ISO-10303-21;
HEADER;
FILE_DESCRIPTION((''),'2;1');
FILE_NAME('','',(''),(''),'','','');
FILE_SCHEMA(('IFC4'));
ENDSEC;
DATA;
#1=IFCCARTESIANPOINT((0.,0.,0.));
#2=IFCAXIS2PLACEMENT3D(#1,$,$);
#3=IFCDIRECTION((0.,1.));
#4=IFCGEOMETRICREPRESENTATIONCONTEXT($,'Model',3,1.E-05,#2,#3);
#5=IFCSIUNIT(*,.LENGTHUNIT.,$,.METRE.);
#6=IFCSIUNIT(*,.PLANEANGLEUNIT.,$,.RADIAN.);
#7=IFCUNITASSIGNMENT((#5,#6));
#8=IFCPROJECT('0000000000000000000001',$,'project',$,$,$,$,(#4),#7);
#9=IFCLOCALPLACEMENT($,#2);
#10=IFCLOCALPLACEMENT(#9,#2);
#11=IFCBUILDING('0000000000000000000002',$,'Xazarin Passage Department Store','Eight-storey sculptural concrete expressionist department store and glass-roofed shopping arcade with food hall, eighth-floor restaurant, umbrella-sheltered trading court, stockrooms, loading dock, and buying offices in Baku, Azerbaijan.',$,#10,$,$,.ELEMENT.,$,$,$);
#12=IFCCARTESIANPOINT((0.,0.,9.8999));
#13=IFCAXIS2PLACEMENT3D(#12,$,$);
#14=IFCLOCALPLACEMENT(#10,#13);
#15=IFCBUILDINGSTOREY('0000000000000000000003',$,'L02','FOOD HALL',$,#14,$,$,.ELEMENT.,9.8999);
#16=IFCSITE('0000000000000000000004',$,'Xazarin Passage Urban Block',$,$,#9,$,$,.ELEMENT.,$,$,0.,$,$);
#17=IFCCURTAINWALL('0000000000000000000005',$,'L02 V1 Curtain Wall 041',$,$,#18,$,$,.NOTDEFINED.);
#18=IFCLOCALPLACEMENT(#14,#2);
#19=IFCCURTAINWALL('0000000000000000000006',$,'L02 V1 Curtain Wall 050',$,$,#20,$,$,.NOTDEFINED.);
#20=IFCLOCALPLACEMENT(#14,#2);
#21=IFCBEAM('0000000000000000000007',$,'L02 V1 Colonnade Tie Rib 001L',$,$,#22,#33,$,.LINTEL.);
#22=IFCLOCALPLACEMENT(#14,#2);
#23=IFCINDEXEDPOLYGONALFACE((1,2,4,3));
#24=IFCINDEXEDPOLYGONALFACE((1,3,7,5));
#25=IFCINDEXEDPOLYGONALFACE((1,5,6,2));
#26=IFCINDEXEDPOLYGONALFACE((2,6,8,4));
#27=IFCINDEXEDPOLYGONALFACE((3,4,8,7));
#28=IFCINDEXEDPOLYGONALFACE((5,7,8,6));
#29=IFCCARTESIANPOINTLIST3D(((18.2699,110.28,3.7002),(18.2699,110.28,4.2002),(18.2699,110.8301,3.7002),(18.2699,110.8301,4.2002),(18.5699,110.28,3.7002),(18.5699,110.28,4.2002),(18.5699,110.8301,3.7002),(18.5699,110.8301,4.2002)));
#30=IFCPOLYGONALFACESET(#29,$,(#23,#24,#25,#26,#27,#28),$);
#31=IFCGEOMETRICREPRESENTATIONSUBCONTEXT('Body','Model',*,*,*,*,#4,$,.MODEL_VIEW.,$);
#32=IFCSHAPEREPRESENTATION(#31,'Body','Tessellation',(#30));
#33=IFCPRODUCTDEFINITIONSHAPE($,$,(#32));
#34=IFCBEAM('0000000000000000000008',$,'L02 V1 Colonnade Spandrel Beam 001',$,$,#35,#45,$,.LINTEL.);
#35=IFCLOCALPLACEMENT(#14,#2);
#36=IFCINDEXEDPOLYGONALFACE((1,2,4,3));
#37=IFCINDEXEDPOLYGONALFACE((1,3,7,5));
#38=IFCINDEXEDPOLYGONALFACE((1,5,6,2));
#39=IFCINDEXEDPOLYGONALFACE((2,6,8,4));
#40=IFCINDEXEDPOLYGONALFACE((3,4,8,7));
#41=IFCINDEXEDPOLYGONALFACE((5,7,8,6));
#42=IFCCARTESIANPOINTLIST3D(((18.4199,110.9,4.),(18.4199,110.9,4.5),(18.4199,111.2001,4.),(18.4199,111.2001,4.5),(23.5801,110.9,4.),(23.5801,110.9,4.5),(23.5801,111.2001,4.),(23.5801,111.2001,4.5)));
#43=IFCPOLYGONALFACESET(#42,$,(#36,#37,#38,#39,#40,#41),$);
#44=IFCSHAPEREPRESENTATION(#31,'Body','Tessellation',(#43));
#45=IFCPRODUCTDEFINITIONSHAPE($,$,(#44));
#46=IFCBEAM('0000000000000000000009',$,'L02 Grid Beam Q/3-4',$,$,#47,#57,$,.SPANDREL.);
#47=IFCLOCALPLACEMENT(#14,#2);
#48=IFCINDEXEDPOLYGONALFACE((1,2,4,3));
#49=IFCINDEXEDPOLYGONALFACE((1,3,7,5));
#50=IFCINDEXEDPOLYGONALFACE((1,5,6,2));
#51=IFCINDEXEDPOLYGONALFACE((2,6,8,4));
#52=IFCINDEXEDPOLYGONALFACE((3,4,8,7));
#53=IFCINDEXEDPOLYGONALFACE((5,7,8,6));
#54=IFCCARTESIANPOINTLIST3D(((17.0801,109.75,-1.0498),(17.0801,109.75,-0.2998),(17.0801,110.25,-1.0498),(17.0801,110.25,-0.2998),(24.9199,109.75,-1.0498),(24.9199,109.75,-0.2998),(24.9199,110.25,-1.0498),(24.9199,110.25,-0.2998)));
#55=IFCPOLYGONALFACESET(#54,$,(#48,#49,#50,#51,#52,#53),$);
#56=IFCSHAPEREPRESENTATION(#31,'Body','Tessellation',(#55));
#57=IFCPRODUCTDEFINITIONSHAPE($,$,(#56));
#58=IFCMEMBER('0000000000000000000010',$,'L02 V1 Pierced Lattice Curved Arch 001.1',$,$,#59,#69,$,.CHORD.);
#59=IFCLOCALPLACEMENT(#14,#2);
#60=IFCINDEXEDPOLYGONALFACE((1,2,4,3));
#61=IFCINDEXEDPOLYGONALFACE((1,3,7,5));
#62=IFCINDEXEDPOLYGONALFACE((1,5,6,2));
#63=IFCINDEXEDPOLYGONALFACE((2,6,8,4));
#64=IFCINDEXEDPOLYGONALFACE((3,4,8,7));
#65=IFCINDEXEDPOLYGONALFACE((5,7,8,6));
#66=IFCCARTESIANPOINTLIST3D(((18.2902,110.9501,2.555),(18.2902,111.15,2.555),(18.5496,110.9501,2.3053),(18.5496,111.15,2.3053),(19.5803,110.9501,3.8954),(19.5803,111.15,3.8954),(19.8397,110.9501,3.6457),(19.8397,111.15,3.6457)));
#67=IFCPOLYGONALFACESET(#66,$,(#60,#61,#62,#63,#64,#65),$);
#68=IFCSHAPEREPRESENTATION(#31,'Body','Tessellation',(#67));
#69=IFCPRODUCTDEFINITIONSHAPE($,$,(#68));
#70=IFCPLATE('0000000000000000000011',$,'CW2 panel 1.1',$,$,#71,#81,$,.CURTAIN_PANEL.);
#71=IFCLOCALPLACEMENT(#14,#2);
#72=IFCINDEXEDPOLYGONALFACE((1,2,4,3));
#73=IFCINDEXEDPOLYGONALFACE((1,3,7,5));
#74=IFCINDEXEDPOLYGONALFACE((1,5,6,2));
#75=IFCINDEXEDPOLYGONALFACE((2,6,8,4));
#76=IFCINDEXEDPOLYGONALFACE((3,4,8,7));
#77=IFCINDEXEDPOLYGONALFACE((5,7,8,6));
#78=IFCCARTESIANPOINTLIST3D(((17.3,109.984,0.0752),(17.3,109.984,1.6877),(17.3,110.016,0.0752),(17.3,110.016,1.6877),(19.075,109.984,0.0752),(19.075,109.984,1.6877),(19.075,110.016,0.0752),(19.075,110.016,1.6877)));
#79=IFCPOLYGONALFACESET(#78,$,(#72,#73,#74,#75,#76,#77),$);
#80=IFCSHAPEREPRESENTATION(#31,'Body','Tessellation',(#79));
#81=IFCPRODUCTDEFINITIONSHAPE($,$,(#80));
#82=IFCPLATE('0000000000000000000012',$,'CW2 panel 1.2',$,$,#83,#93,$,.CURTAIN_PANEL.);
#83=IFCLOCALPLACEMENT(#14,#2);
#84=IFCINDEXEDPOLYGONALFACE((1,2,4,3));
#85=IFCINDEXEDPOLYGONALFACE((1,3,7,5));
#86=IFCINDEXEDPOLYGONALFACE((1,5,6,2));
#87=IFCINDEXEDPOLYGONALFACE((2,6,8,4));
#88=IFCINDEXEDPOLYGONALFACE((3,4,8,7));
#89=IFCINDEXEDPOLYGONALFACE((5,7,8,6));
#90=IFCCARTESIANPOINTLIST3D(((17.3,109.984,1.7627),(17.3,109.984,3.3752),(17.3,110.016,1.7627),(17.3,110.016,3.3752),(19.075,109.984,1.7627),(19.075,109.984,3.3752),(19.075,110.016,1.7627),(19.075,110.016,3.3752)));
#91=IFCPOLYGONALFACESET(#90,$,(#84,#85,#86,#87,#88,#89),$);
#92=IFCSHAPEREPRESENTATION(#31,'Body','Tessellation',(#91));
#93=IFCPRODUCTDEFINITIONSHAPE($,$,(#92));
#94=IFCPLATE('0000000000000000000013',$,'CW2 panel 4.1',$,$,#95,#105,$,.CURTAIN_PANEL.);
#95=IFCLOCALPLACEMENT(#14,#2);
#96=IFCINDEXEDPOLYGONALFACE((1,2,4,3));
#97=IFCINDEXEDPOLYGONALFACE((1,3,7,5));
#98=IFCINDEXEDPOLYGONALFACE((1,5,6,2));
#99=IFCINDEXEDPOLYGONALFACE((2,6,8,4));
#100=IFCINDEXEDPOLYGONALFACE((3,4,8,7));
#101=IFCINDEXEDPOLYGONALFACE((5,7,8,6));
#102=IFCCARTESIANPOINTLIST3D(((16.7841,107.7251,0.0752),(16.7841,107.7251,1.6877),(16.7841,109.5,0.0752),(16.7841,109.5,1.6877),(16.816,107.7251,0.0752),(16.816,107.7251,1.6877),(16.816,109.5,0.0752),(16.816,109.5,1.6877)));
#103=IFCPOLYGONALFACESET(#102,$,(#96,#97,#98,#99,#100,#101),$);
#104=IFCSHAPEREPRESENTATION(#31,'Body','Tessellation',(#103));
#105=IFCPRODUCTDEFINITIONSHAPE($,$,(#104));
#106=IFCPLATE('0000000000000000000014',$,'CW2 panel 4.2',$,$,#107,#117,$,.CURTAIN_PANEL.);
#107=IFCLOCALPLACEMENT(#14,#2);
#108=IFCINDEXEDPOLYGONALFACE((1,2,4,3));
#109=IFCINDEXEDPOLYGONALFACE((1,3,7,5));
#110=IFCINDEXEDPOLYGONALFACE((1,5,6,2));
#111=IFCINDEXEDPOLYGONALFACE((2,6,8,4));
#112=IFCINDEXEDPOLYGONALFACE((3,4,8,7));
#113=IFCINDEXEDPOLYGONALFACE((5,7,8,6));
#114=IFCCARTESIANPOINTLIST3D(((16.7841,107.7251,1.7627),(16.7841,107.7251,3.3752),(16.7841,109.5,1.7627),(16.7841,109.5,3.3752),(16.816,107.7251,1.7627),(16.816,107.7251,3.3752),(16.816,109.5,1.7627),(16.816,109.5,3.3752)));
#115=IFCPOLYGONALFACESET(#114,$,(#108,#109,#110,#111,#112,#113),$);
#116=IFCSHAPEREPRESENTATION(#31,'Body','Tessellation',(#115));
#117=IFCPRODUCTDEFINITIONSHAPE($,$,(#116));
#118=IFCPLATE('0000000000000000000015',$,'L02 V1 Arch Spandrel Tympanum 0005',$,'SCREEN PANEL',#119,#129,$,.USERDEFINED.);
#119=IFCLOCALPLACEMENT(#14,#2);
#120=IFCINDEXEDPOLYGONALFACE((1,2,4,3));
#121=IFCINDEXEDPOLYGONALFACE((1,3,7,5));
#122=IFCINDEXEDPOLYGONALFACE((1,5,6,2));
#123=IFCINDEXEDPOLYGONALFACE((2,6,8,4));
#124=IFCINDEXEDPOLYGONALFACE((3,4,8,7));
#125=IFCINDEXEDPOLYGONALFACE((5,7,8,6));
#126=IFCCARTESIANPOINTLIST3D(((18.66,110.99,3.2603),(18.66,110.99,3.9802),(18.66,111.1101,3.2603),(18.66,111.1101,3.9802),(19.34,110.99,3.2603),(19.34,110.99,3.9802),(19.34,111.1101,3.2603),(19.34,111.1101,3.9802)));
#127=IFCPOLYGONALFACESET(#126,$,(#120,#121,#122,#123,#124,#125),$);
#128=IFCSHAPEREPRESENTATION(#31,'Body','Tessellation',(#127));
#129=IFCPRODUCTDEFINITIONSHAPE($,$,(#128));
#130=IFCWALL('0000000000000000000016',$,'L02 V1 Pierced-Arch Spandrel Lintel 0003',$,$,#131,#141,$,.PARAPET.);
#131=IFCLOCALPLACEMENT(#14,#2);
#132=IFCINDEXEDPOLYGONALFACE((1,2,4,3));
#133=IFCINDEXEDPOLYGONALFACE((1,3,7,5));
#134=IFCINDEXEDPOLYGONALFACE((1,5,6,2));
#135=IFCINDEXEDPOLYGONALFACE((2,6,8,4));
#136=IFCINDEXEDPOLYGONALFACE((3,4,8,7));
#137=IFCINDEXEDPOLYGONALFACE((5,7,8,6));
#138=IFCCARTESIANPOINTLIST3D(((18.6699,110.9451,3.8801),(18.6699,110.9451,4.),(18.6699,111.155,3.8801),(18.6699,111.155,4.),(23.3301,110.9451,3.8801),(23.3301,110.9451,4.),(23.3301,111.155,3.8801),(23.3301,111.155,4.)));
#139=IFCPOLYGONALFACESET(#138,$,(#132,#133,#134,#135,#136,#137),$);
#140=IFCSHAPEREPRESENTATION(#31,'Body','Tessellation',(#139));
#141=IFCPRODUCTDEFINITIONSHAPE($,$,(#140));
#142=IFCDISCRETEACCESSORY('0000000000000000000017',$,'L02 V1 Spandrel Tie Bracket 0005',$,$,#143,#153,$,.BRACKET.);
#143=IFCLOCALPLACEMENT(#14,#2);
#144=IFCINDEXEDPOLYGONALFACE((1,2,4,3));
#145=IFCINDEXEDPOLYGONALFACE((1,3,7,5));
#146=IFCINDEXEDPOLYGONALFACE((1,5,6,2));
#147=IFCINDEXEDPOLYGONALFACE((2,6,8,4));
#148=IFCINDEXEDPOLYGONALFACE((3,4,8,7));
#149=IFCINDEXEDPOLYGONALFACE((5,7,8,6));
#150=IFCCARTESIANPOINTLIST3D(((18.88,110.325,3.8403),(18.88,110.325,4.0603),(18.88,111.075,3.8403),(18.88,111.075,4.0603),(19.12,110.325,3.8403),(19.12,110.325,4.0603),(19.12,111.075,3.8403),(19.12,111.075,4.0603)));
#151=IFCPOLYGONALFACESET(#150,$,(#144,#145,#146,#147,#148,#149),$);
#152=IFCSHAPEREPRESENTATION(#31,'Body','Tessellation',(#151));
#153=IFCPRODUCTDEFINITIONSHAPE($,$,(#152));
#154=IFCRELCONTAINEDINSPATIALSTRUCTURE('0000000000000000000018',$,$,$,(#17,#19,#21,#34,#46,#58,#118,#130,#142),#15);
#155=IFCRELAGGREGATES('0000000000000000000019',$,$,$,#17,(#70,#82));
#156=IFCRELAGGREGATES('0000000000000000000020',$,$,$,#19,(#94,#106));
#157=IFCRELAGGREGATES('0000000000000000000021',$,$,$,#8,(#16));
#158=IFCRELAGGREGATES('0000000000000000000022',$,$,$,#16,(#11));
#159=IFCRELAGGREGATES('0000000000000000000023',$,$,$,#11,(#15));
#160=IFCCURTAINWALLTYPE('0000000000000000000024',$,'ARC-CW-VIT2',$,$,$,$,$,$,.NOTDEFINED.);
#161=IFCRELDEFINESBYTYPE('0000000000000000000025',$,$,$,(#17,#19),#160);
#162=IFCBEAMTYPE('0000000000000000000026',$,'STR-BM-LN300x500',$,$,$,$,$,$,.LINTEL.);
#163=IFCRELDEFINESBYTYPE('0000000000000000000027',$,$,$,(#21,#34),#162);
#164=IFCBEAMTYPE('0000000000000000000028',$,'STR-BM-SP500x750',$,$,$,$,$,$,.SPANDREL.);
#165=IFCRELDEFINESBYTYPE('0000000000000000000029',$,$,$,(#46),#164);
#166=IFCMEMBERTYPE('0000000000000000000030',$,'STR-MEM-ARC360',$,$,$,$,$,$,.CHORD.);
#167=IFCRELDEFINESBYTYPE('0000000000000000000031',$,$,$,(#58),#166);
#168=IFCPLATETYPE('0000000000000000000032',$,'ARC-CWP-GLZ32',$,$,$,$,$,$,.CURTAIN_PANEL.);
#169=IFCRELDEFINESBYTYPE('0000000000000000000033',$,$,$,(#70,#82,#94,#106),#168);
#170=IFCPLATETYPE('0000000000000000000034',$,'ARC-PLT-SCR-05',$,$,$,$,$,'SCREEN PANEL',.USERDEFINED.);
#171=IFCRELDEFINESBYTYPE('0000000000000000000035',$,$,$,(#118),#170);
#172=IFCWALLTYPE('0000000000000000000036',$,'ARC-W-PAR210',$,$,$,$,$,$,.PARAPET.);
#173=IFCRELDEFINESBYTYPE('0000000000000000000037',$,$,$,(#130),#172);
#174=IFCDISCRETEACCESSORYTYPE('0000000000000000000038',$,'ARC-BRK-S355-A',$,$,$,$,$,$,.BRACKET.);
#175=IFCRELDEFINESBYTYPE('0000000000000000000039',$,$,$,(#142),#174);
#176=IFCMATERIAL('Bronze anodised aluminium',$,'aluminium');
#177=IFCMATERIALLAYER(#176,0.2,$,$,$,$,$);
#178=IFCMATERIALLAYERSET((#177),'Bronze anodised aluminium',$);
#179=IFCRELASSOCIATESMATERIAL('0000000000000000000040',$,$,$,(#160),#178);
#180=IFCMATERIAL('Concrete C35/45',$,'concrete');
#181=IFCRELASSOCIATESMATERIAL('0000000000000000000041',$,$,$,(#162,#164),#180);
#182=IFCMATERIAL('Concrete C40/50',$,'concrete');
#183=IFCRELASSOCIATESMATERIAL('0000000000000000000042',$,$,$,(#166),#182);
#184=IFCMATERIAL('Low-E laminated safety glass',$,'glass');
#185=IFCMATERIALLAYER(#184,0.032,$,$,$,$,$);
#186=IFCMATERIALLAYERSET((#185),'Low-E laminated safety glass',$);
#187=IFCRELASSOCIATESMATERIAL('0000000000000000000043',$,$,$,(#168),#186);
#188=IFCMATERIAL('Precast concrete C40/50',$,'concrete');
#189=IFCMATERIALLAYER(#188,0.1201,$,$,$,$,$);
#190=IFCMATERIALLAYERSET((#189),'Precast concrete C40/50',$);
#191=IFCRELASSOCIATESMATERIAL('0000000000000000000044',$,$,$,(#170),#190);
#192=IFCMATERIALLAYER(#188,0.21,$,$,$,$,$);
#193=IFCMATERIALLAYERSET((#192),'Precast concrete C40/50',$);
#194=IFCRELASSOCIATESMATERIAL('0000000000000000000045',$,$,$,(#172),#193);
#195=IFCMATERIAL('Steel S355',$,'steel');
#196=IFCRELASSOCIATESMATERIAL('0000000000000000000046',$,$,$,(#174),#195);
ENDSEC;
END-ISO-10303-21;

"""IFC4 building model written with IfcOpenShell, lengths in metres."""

from ifc_helpers import new_model, si_unit, direction, frame, frame_2d, origin, origin_2d, place, context, subcontext, project, spatial, rectangle, extrude, material, layer, layer_set, material_profile, profile_set, type_object, element, aggregate, save


model = new_model("IFC4")

# Units and contexts
model_context = context("Model", 3, precision=1e-05, world=origin(), true_north=direction((0.0, 1.0)))
body_context = subcontext(model_context, "Body", "Model", "MODEL_VIEW")
ifc_project = project(units=[si_unit("LENGTHUNIT", "METRE"), si_unit("PLANEANGLEUNIT", "RADIAN")], contexts=[model_context])

# Site, building, storey
site_placement = place(None, origin())
site = spatial("IfcSite", under=ifc_project, at=site_placement, Name="Xazarin Passage Urban Block", CompositionType="ELEMENT", RefElevation=0.0)
building_placement = place(site_placement, origin())
building = spatial("IfcBuilding", under=site, at=building_placement, Name="Xazarin Passage Department Store", Description="Eight-storey sculptural concrete expressionist department store and glass-roofed shopping arcade with food hall, eighth-floor restaurant, umbrella-sheltered trading court, stockrooms, loading dock, and buying offices in Baku, Azerbaijan.", CompositionType="ELEMENT")
storey_placement = place(building_placement, frame((0.0, 0.0, 9.8999)))
storey = spatial("IfcBuildingStorey", under=building, at=storey_placement, Name="L02", Description="FOOD HALL", CompositionType="ELEMENT", Elevation=9.8999)

# Shared definitions
ifc_material_1 = material(Name="Concrete C40/50", Category="concrete")

# Curtain wall
ifc_material_2 = material(Name="Bronze anodised aluminium", Category="aluminium")
ifc_layer_1 = layer(ifc_material_2, 0.2)
ifc_layer_set_1 = layer_set([ifc_layer_1], Name="Bronze anodised aluminium")
curtain_wall_type = type_object("IfcCurtainWallType", Name="ARC-CW-VIT2", PredefinedType="NOTDEFINED", material=ifc_layer_set_1)
curtain_wall_1_placement = place(storey_placement, origin())
curtain_wall_1 = element("IfcCurtainWall", 1, at=curtain_wall_1_placement, inside=storey, type_object=curtain_wall_type, Name="L02 V1 Curtain Wall 041", PredefinedType="NOTDEFINED")

# Curtain wall
curtain_wall_2_placement = place(storey_placement, origin())
curtain_wall_2 = element("IfcCurtainWall", 2, at=curtain_wall_2_placement, inside=storey, type_object=curtain_wall_type, Name="L02 V1 Curtain Wall 050", PredefinedType="NOTDEFINED")

# Beams
ifc_material_3 = material(Name="Concrete C35/45", Category="concrete")
ifc_material_profile_1 = material_profile(ifc_material_3, rectangle(XDim=0.3, YDim=0.5, at=origin_2d()), Name="RC 300x500")
ifc_profile_set_1 = profile_set([ifc_material_profile_1], Name="Concrete C35/45")
beam_type_1 = type_object("IfcBeamType", Name="STR-BM-LN300x500", PredefinedType="LINTEL", material=ifc_profile_set_1)
beam_1_placement = place(storey_placement, frame((18.4199, 110.28, 3.9502), z_axis=(0.0, 1.0, 0.0), x_axis=(-1.0, 0.0, 0.0)))
element("IfcBeam", 3, at=beam_1_placement, inside=storey, type_object=beam_type_1, Name="L02 V1 Colonnade Tie Rib 001L", PredefinedType="LINTEL", context=body_context, shape_type="SweptSolid", body=[
    extrude(rectangle(XDim=0.3, YDim=0.5, at=origin_2d()), origin(), (0.0, 0.0, 1.0), 0.55),
])
beam_2_placement = place(storey_placement, frame((18.4199, 111.05, 4.25), z_axis=(1.0, 0.0, 0.0), x_axis=(0.0, 1.0, 0.0)))
element("IfcBeam", 4, at=beam_2_placement, inside=storey, type_object=beam_type_1, Name="L02 V1 Colonnade Spandrel Beam 001", PredefinedType="LINTEL", context=body_context, shape_type="SweptSolid", body=[
    extrude(rectangle(XDim=0.3, YDim=0.5, at=origin_2d()), origin(), (0.0, 0.0, 1.0), 5.1602),
])
ifc_material_profile_2 = material_profile(ifc_material_3, rectangle(XDim=0.5, YDim=0.75, at=origin_2d()), Name="RC 500x750")
ifc_profile_set_2 = profile_set([ifc_material_profile_2], Name="Concrete C35/45")
beam_type_2 = type_object("IfcBeamType", Name="STR-BM-SP500x750", PredefinedType="SPANDREL", material=ifc_profile_set_2)
beam_3_placement = place(storey_placement, frame((17.0801, 110.0, -0.6748), z_axis=(1.0, 0.0, 0.0), x_axis=(0.0, 1.0, 0.0)))
element("IfcBeam", 5, at=beam_3_placement, inside=storey, type_object=beam_type_2, Name="L02 Grid Beam Q/3-4", PredefinedType="SPANDREL", context=body_context, shape_type="SweptSolid", body=[
    extrude(rectangle(XDim=0.5, YDim=0.75, at=origin_2d()), origin(), (0.0, 0.0, 1.0), 7.8398),
])

# Member
ifc_material_profile_3 = material_profile(ifc_material_1, rectangle(XDim=0.2, YDim=0.3601, at=origin_2d()), Name="RC 200x360")
ifc_profile_set_3 = profile_set([ifc_material_profile_3], Name="Concrete C40/50")
member_type_1 = type_object("IfcMemberType", Name="STR-MEM-ARC360", PredefinedType="CHORD", material=ifc_profile_set_3)
member_1_placement = place(storey_placement, frame((18.4199, 111.05, 2.4302), z_axis=(0.69346, 0.0, 0.720495), x_axis=(0.0, 1.0, 0.0)))
element("IfcMember", 6, at=member_1_placement, inside=storey, type_object=member_type_1, Name="L02 V1 Pierced Lattice Curved Arch 001.1", PredefinedType="CHORD", context=body_context, shape_type="SweptSolid", body=[
    extrude(rectangle(XDim=0.2, YDim=0.3601, at=origin_2d()), origin(), (0.0, 0.0, 1.0), 1.8604),
])

# Plates
ifc_material_4 = material(Name="Low-E laminated safety glass", Category="glass")
ifc_layer_2 = layer(ifc_material_4, 0.032)
ifc_layer_set_2 = layer_set([ifc_layer_2], Name="Low-E laminated safety glass")
plate_type_1 = type_object("IfcPlateType", Name="ARC-CWP-GLZ32", PredefinedType="CURTAIN_PANEL", material=ifc_layer_set_2)
plate_1_placement = place(storey_placement, frame((18.1875, 110.0, 0.0752), z_axis=(0.0, 0.0, 1.0), x_axis=(1.0, 0.0, 0.0)))
plate_1 = element("IfcPlate", 7, at=plate_1_placement, type_object=plate_type_1, Name="CW2 panel 1.1", PredefinedType="CURTAIN_PANEL", context=body_context, shape_type="SweptSolid", body=[
    extrude(rectangle(XDim=1.7749, YDim=0.032, at=origin_2d()), origin(), (0.0, 0.0, 1.0), 1.6125),
])
plate_2_placement = place(storey_placement, frame((18.1875, 110.0, 1.7627), z_axis=(0.0, 0.0, 1.0), x_axis=(1.0, 0.0, 0.0)))
plate_2 = element("IfcPlate", 8, at=plate_2_placement, type_object=plate_type_1, Name="CW2 panel 1.2", PredefinedType="CURTAIN_PANEL", context=body_context, shape_type="SweptSolid", body=[
    extrude(rectangle(XDim=1.7749, YDim=0.032, at=origin_2d()), origin(), (0.0, 0.0, 1.0), 1.6125),
])
aggregate(curtain_wall_1, [plate_1, plate_2])
plate_3_placement = place(storey_placement, frame((16.8, 108.6125, 0.0752), z_axis=(0.0, 0.0, 1.0), x_axis=(0.0, 1.0, 0.0)))
plate_3 = element("IfcPlate", 9, at=plate_3_placement, type_object=plate_type_1, Name="CW2 panel 4.1", PredefinedType="CURTAIN_PANEL", context=body_context, shape_type="SweptSolid", body=[
    extrude(rectangle(XDim=1.7749, YDim=0.032, at=origin_2d()), origin(), (0.0, 0.0, 1.0), 1.6125),
])
plate_4_placement = place(storey_placement, frame((16.8, 108.6125, 1.7627), z_axis=(0.0, 0.0, 1.0), x_axis=(0.0, 1.0, 0.0)))
plate_4 = element("IfcPlate", 10, at=plate_4_placement, type_object=plate_type_1, Name="CW2 panel 4.2", PredefinedType="CURTAIN_PANEL", context=body_context, shape_type="SweptSolid", body=[
    extrude(rectangle(XDim=1.7749, YDim=0.032, at=origin_2d()), origin(), (0.0, 0.0, 1.0), 1.6125),
])
aggregate(curtain_wall_2, [plate_3, plate_4])
ifc_material_5 = material(Name="Precast concrete C40/50", Category="concrete")
ifc_layer_3 = layer(ifc_material_5, 0.1201)
ifc_layer_set_3 = layer_set([ifc_layer_3], Name="Precast concrete C40/50")
plate_type_2 = type_object("IfcPlateType", Name="ARC-PLT-SCR-05", ElementType="SCREEN PANEL", PredefinedType="USERDEFINED", material=ifc_layer_set_3)
plate_5_placement = place(storey_placement, frame((19.0, 111.05, 3.2603), z_axis=(0.0, 0.0, 1.0), x_axis=(1.0, 0.0, 0.0)))
element("IfcPlate", 11, at=plate_5_placement, inside=storey, type_object=plate_type_2, Name="L02 V1 Arch Spandrel Tympanum 0005", ObjectType="SCREEN PANEL", PredefinedType="USERDEFINED", context=body_context, shape_type="SweptSolid", body=[
    extrude(rectangle(XDim=0.6799, YDim=0.1201, at=origin_2d()), origin(), (0.0, 0.0, 1.0), 0.72),
])

# Wall
ifc_layer_4 = layer(ifc_material_5, 0.21)
ifc_layer_set_4 = layer_set([ifc_layer_4], Name="Precast concrete C40/50")
wall_type = type_object("IfcWallType", Name="ARC-W-PAR210", PredefinedType="PARAPET", material=ifc_layer_set_4)
wall_placement = place(storey_placement, frame((18.6699, 111.05, 3.8801), z_axis=(0.0, 0.0, 1.0), x_axis=(1.0, 0.0, 0.0)))
element("IfcWall", 12, at=wall_placement, inside=storey, type_object=wall_type, Name="L02 V1 Pierced-Arch Spandrel Lintel 0003", PredefinedType="PARAPET", context=body_context, shape_type="SweptSolid", body=[
    extrude(rectangle(XDim=4.6602, YDim=0.21, at=frame_2d((2.3301, 0.0))), origin(), (0.0, 0.0, 1.0), 0.1199),
])

# Discrete accessory
ifc_material_6 = material(Name="Steel S355", Category="steel")
discrete_accessory_type = type_object("IfcDiscreteAccessoryType", Name="ARC-BRK-S355-A", PredefinedType="BRACKET", material=ifc_material_6)
discrete_accessory_placement = place(storey_placement, frame((19.0, 110.7, 3.8403), z_axis=(0.0, 0.0, 1.0), x_axis=(1.0, 0.0, 0.0)))
element("IfcDiscreteAccessory", 13, at=discrete_accessory_placement, inside=storey, type_object=discrete_accessory_type, Name="L02 V1 Spandrel Tie Bracket 0005", PredefinedType="BRACKET", context=body_context, shape_type="SweptSolid", body=[
    extrude(rectangle(XDim=0.24, YDim=0.75, at=origin_2d()), origin(), (0.0, 0.0, 1.0), 0.22),
])

save(model, "model.ifc")
